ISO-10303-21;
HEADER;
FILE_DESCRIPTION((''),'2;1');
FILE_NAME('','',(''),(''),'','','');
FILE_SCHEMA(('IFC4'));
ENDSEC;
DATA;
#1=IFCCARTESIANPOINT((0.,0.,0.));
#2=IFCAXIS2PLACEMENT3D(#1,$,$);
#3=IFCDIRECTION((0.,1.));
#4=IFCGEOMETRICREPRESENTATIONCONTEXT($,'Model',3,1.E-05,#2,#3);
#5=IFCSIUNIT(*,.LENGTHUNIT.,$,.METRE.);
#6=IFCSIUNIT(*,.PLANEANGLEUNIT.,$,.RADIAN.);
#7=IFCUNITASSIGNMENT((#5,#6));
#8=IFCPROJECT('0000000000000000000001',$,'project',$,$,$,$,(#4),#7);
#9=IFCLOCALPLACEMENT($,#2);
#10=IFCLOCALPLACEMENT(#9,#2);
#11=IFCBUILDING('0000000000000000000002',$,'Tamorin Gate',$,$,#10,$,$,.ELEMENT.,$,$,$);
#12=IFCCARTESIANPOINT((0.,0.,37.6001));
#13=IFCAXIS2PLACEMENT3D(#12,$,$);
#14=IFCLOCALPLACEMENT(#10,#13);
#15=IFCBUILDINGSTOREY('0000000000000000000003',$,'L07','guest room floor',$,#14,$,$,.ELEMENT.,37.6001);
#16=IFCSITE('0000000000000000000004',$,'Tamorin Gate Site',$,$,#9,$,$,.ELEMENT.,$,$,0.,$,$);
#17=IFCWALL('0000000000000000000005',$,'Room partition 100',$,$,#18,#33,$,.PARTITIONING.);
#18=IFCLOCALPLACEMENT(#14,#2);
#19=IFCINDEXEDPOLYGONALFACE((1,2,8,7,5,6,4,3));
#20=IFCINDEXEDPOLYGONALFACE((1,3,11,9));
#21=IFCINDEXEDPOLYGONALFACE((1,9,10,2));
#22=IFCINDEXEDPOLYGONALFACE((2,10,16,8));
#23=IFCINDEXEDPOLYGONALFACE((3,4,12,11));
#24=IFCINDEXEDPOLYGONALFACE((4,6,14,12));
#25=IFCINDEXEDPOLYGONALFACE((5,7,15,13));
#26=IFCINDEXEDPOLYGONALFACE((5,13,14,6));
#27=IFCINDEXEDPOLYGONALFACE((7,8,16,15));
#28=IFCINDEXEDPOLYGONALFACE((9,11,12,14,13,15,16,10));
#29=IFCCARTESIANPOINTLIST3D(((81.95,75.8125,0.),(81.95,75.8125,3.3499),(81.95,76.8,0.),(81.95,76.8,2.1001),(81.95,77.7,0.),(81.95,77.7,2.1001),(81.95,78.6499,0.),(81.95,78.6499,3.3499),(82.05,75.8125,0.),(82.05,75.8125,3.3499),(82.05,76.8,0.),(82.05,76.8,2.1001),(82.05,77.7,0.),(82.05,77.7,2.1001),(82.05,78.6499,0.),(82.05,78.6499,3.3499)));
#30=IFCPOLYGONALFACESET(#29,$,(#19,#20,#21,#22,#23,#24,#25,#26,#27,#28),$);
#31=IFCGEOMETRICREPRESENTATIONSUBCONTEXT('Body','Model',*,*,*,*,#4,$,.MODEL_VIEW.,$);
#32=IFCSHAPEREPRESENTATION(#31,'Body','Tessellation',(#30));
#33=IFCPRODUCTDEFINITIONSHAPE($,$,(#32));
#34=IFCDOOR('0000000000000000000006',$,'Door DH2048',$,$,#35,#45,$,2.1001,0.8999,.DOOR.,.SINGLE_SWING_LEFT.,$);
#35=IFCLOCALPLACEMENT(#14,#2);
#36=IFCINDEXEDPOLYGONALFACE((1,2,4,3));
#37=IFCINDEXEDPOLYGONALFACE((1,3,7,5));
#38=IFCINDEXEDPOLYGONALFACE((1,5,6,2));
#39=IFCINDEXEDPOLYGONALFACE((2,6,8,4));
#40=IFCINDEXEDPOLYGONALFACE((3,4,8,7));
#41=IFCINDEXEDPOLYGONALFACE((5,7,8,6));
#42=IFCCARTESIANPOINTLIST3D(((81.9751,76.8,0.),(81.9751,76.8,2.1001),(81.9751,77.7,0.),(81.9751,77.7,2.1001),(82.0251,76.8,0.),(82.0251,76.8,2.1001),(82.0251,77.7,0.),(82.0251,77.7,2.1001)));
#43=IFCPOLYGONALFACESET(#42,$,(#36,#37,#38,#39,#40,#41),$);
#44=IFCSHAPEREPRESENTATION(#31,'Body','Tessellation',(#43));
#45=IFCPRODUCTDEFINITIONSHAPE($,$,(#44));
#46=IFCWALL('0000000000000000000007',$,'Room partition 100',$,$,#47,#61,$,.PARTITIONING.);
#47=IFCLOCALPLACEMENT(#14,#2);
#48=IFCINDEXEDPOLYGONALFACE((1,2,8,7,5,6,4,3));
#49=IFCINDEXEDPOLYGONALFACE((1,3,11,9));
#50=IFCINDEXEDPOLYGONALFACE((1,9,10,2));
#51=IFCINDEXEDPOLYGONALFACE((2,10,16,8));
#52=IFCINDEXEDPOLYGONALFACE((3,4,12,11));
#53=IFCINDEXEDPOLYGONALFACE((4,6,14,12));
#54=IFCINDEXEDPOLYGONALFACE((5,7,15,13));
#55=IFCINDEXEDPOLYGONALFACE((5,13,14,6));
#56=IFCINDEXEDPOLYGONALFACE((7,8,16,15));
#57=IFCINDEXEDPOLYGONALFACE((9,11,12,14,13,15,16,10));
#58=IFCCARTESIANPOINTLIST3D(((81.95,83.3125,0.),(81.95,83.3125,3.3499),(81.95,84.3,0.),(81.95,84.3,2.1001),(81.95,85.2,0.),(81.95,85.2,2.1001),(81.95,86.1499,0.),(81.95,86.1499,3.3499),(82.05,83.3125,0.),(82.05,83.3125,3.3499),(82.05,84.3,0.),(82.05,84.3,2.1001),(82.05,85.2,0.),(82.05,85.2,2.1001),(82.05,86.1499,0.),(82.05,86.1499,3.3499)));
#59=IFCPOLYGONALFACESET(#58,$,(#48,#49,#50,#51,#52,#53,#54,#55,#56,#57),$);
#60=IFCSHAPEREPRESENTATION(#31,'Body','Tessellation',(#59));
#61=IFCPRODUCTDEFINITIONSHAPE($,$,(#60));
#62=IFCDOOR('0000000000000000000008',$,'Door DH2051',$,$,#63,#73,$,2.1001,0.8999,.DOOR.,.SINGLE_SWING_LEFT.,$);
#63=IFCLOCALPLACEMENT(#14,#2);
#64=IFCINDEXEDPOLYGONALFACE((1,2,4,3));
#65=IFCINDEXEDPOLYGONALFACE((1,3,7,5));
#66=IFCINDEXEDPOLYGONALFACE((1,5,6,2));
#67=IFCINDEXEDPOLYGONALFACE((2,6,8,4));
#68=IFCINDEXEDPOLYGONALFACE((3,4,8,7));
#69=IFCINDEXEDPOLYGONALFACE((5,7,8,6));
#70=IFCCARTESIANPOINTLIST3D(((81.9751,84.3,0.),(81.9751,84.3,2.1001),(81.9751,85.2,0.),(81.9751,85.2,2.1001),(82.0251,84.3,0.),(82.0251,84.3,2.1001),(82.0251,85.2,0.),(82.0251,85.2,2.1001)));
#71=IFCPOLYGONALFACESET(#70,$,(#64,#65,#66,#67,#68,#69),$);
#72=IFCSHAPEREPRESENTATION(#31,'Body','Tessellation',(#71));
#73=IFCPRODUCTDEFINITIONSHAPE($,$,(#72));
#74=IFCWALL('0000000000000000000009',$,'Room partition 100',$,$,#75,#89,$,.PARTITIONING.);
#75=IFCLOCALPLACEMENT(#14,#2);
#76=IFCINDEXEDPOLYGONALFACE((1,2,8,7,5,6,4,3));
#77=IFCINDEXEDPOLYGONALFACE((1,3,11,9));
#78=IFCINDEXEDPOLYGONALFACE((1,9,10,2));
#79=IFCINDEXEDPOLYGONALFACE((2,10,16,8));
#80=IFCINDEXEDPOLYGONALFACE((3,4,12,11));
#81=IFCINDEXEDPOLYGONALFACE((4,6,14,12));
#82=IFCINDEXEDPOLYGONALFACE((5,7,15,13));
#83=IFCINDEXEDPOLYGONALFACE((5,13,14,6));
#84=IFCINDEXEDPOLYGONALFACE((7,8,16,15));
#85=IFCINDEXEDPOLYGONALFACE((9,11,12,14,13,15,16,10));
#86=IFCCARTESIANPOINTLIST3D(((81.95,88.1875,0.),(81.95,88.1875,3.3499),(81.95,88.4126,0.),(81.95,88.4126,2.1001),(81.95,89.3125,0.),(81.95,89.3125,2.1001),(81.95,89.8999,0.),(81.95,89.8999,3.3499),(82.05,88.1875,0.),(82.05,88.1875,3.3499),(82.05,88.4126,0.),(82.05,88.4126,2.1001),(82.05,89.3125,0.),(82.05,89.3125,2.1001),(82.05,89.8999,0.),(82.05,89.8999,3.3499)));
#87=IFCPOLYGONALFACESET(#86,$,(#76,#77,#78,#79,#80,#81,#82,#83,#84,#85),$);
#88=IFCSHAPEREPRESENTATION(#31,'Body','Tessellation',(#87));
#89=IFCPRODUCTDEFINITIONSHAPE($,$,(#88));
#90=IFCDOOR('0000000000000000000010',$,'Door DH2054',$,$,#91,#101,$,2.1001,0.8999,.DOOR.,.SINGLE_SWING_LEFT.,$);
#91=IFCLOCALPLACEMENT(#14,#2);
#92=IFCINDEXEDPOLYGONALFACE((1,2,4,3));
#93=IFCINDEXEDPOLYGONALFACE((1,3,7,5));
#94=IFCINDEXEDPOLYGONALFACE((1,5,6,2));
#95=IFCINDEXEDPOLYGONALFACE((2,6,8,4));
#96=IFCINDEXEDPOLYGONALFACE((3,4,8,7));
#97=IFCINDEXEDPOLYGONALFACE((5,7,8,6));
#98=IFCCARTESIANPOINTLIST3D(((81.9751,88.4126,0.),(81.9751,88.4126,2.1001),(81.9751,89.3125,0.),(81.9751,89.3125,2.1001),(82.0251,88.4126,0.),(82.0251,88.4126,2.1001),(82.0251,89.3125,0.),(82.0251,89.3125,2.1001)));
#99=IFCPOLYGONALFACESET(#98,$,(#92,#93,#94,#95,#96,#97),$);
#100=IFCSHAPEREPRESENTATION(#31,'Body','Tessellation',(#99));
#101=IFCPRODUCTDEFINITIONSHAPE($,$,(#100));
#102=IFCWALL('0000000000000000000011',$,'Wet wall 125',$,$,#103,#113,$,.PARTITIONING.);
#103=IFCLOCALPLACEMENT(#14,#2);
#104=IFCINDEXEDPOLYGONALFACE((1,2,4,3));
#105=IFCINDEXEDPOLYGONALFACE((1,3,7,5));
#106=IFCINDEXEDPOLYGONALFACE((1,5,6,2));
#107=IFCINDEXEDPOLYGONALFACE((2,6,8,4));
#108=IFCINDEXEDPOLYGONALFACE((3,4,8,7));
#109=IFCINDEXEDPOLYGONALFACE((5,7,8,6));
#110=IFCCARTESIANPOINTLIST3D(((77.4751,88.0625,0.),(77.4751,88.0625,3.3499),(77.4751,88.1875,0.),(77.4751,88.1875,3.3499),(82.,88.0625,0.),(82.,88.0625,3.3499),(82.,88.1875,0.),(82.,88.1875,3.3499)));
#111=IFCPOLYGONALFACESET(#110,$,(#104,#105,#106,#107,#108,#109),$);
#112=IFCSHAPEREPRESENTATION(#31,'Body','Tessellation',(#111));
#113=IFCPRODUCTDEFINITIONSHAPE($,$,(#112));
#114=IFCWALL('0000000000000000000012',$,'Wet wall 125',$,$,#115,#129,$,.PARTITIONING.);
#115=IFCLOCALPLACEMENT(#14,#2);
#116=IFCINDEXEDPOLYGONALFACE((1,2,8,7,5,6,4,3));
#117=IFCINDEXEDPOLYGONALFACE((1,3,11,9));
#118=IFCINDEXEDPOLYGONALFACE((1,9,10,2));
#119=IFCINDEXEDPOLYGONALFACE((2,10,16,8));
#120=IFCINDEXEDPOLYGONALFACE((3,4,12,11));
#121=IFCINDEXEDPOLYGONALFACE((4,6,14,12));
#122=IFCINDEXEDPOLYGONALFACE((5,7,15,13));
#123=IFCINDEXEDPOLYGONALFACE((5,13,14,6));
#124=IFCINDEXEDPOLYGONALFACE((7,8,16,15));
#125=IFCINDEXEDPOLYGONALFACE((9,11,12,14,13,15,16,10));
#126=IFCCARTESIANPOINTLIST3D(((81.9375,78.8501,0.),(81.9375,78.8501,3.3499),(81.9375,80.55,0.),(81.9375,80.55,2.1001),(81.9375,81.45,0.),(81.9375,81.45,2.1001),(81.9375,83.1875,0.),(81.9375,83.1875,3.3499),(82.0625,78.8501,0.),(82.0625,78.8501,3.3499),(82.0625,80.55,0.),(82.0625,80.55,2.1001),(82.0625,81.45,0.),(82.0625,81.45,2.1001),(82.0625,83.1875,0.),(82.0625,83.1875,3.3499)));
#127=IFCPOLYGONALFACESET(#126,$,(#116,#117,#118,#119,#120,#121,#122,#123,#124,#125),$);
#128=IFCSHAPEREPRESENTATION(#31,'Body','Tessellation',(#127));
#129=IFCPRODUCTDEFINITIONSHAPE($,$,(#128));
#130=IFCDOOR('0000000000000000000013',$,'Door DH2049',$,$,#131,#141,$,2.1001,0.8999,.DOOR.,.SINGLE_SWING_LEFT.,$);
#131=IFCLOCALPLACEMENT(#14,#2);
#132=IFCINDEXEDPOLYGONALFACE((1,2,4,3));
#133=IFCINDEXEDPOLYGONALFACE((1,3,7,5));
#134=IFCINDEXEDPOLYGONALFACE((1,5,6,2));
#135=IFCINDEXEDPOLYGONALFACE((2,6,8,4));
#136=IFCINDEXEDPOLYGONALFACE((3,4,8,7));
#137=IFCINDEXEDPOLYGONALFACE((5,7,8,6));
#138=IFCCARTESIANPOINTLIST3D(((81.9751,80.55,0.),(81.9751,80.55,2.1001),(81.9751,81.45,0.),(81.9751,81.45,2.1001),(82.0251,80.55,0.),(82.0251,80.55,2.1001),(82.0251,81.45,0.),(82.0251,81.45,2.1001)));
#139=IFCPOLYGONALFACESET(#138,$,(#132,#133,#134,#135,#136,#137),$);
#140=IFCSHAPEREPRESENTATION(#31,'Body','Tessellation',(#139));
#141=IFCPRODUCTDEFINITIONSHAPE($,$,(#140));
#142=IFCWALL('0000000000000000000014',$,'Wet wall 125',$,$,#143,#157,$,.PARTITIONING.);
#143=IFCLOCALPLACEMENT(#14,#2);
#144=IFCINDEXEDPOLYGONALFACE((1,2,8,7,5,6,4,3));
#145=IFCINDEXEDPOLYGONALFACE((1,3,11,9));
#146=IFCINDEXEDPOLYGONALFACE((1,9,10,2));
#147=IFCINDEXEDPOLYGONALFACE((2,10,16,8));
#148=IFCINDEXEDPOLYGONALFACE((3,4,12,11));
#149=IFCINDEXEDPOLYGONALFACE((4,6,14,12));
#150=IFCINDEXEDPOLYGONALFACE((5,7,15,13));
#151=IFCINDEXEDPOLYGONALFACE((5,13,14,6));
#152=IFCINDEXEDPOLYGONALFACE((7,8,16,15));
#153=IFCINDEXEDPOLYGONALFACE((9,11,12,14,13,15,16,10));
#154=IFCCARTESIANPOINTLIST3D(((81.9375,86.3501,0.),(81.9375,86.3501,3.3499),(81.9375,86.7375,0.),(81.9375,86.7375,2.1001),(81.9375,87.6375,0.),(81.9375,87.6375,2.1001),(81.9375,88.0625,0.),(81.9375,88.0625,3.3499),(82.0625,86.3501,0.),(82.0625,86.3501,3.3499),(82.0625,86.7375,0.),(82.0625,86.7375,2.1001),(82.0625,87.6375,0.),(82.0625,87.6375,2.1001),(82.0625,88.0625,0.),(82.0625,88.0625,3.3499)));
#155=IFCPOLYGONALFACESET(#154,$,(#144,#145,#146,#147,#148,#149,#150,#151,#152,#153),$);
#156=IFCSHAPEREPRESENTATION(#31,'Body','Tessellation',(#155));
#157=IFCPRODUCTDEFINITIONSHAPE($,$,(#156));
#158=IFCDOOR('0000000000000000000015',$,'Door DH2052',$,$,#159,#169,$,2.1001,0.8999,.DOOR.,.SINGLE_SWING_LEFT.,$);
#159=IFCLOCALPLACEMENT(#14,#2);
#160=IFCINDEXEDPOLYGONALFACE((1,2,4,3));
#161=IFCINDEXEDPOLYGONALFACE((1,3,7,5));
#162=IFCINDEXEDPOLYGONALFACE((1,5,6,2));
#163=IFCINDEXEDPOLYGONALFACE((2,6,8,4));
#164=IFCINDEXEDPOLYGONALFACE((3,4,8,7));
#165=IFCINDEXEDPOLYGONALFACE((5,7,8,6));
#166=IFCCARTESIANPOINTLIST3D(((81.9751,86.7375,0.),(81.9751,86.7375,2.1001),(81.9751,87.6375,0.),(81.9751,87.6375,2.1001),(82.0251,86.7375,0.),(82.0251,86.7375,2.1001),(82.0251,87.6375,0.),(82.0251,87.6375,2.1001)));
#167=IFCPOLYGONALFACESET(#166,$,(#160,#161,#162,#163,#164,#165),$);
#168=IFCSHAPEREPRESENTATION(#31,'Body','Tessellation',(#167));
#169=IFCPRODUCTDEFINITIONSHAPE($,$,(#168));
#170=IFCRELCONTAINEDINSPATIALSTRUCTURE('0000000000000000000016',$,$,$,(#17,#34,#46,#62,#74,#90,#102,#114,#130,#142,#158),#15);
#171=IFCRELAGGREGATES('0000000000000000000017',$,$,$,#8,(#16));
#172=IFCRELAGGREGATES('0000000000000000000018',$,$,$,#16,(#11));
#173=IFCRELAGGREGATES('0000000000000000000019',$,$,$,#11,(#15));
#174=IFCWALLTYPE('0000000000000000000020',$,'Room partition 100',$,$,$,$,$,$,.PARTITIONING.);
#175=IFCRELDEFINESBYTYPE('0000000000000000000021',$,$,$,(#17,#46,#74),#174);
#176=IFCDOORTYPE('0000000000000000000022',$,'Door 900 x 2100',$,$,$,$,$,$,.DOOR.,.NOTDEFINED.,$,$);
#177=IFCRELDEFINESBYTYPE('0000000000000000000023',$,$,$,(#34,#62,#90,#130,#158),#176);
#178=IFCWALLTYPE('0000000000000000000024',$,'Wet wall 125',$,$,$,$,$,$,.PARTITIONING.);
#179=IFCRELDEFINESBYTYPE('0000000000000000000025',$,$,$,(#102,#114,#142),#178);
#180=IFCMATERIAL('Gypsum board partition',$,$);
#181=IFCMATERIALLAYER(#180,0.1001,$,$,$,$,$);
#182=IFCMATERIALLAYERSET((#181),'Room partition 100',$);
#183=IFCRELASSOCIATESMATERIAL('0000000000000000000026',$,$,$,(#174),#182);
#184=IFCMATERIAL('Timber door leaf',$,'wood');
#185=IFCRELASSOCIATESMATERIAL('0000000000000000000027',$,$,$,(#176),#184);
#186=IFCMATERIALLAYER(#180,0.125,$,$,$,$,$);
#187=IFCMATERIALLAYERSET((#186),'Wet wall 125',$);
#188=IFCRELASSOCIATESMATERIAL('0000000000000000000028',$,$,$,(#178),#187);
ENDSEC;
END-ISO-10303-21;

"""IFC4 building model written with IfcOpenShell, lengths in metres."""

from ifc_helpers import new_model, si_unit, direction, frame, frame_2d, origin, place, context, subcontext, project, spatial, rectangle, extrude, material, layer, layer_set, type_object, element, fill, save


model = new_model("IFC4")

# Units and contexts
model_context = context("Model", 3, precision=1e-05, world=origin(), true_north=direction((0.0, 1.0)))
body_context = subcontext(model_context, "Body", "Model", "MODEL_VIEW")
ifc_project = project(units=[si_unit("LENGTHUNIT", "METRE"), si_unit("PLANEANGLEUNIT", "RADIAN")], contexts=[model_context])

# Site, building, storey
site_placement = place(None, origin())
site = spatial("IfcSite", under=ifc_project, at=site_placement, Name="Tamorin Gate Site", CompositionType="ELEMENT", RefElevation=0.0)
building_placement = place(site_placement, origin())
building = spatial("IfcBuilding", under=site, at=building_placement, Name="Tamorin Gate", CompositionType="ELEMENT")
storey_placement = place(building_placement, frame((0.0, 0.0, 37.6001)))
storey = spatial("IfcBuildingStorey", under=building, at=storey_placement, Name="L07", Description="guest room floor", CompositionType="ELEMENT", Elevation=37.6001)

# Walls, openings, doors
ifc_material_1 = material(Name="Gypsum board partition")
ifc_layer_1 = layer(ifc_material_1, 0.1001)
ifc_layer_set_1 = layer_set([ifc_layer_1], Name="Room partition 100")
wall_type_1 = type_object("IfcWallType", Name="Room partition 100", PredefinedType="PARTITIONING", material=ifc_layer_set_1)
wall_1_placement = place(storey_placement, frame((82.0, 75.8125, 0.0), z_axis=(0.0, 0.0, 1.0), x_axis=(0.0, 1.0, 0.0)))
wall_1 = element("IfcWall", 1, at=wall_1_placement, inside=storey, type_object=wall_type_1, Name="Room partition 100", PredefinedType="PARTITIONING", context=body_context, shape_type="SweptSolid", body=[
    extrude(rectangle(XDim=2.8374, YDim=0.1001, at=frame_2d((1.4187, 0.0))), origin(), (0.0, 0.0, 1.0), 3.3499),
])
opening_1_placement = place(wall_1_placement, frame((0.9875, 0.0, 0.0)))
opening_1 = element("IfcOpeningElement", 2, at=opening_1_placement, cuts=wall_1, PredefinedType="OPENING", context=body_context, shape_type="SweptSolid", body=[
    extrude(rectangle(XDim=0.8999, YDim=2.1001, at=frame_2d((0.45, 1.05))), frame((0.0, 0.0601, 0.0), z_axis=(0.0, -1.0, 0.0), x_axis=(1.0, 0.0, 0.0)), (0.0, 0.0, 1.0), 0.1201),
])
ifc_material_2 = material(Name="Timber door leaf", Category="wood")
door_type = type_object("IfcDoorType", Name="Door 900 x 2100", OperationType="NOTDEFINED", PredefinedType="DOOR", material=ifc_material_2)
door_1_placement = place(opening_1_placement, origin())
door_1 = element("IfcDoor", 3, at=door_1_placement, inside=storey, type_object=door_type, Name="Door DH2048", OperationType="SINGLE_SWING_LEFT", OverallHeight=2.1001, OverallWidth=0.8999, PredefinedType="DOOR", context=body_context, shape_type="SweptSolid", body=[
    extrude(rectangle(XDim=0.8999, YDim=2.1001, at=frame_2d((0.45, 1.05))), frame((0.0, 0.0249, 0.0), z_axis=(0.0, -1.0, 0.0), x_axis=(1.0, 0.0, 0.0)), (0.0, 0.0, 1.0), 0.05),
])
fill(opening_1, door_1)
wall_2_placement = place(storey_placement, frame((82.0, 83.3125, 0.0), z_axis=(0.0, 0.0, 1.0), x_axis=(0.0, 1.0, 0.0)))
wall_2 = element("IfcWall", 4, at=wall_2_placement, inside=storey, type_object=wall_type_1, Name="Room partition 100", PredefinedType="PARTITIONING", context=body_context, shape_type="SweptSolid", body=[
    extrude(rectangle(XDim=2.8374, YDim=0.1001, at=frame_2d((1.4187, 0.0))), origin(), (0.0, 0.0, 1.0), 3.3499),
])
opening_2_placement = place(wall_2_placement, frame((0.9875, 0.0, 0.0)))
opening_2 = element("IfcOpeningElement", 5, at=opening_2_placement, cuts=wall_2, PredefinedType="OPENING", context=body_context, shape_type="SweptSolid", body=[
    extrude(rectangle(XDim=0.8999, YDim=2.1001, at=frame_2d((0.45, 1.05))), frame((0.0, 0.0601, 0.0), z_axis=(0.0, -1.0, 0.0), x_axis=(1.0, 0.0, 0.0)), (0.0, 0.0, 1.0), 0.1201),
])
door_2_placement = place(opening_2_placement, origin())
door_2 = element("IfcDoor", 6, at=door_2_placement, inside=storey, type_object=door_type, Name="Door DH2051", OperationType="SINGLE_SWING_LEFT", OverallHeight=2.1001, OverallWidth=0.8999, PredefinedType="DOOR", context=body_context, shape_type="SweptSolid", body=[
    extrude(rectangle(XDim=0.8999, YDim=2.1001, at=frame_2d((0.45, 1.05))), frame((0.0, 0.0249, 0.0), z_axis=(0.0, -1.0, 0.0), x_axis=(1.0, 0.0, 0.0)), (0.0, 0.0, 1.0), 0.05),
])
fill(opening_2, door_2)
wall_3_placement = place(storey_placement, frame((82.0, 88.1875, 0.0), z_axis=(0.0, 0.0, 1.0), x_axis=(0.0, 1.0, 0.0)))
wall_3 = element("IfcWall", 7, at=wall_3_placement, inside=storey, type_object=wall_type_1, Name="Room partition 100", PredefinedType="PARTITIONING", context=body_context, shape_type="SweptSolid", body=[
    extrude(rectangle(XDim=1.7124, YDim=0.1001, at=frame_2d((0.8562, 0.0))), origin(), (0.0, 0.0, 1.0), 3.3499),
])
opening_3_placement = place(wall_3_placement, frame((0.2251, 0.0, 0.0)))
opening_3 = element("IfcOpeningElement", 8, at=opening_3_placement, cuts=wall_3, PredefinedType="OPENING", context=body_context, shape_type="SweptSolid", body=[
    extrude(rectangle(XDim=0.8999, YDim=2.1001, at=frame_2d((0.45, 1.05))), frame((0.0, 0.0601, 0.0), z_axis=(0.0, -1.0, 0.0), x_axis=(1.0, 0.0, 0.0)), (0.0, 0.0, 1.0), 0.1201),
])
door_3_placement = place(opening_3_placement, origin())
door_3 = element("IfcDoor", 9, at=door_3_placement, inside=storey, type_object=door_type, Name="Door DH2054", OperationType="SINGLE_SWING_LEFT", OverallHeight=2.1001, OverallWidth=0.8999, PredefinedType="DOOR", context=body_context, shape_type="SweptSolid", body=[
    extrude(rectangle(XDim=0.8999, YDim=2.1001, at=frame_2d((0.45, 1.05))), frame((0.0, 0.0249, 0.0), z_axis=(0.0, -1.0, 0.0), x_axis=(1.0, 0.0, 0.0)), (0.0, 0.0, 1.0), 0.05),
])
fill(opening_3, door_3)

# Wall
ifc_layer_2 = layer(ifc_material_1, 0.125)
ifc_layer_set_2 = layer_set([ifc_layer_2], Name="Wet wall 125")
wall_type_2 = type_object("IfcWallType", Name="Wet wall 125", PredefinedType="PARTITIONING", material=ifc_layer_set_2)
wall_4_placement = place(storey_placement, frame((77.4751, 88.125, 0.0), z_axis=(0.0, 0.0, 1.0), x_axis=(1.0, 0.0, 0.0)))
element("IfcWall", 10, at=wall_4_placement, inside=storey, type_object=wall_type_2, Name="Wet wall 125", PredefinedType="PARTITIONING", context=body_context, shape_type="SweptSolid", body=[
    extrude(rectangle(XDim=4.5249, YDim=0.125, at=frame_2d((2.2625, 0.0))), origin(), (0.0, 0.0, 1.0), 3.3499),
])

# Walls, openings, doors
wall_5_placement = place(storey_placement, frame((82.0, 78.8501, 0.0), z_axis=(0.0, 0.0, 1.0), x_axis=(0.0, 1.0, 0.0)))
wall_5 = element("IfcWall", 11, at=wall_5_placement, inside=storey, type_object=wall_type_2, Name="Wet wall 125", PredefinedType="PARTITIONING", context=body_context, shape_type="SweptSolid", body=[
    extrude(rectangle(XDim=4.3374, YDim=0.125, at=frame_2d((2.1687, 0.0))), origin(), (0.0, 0.0, 1.0), 3.3499),
])
opening_4_placement = place(wall_5_placement, frame((1.7, 0.0, 0.0)))
opening_4 = element("IfcOpeningElement", 12, at=opening_4_placement, cuts=wall_5, PredefinedType="OPENING", context=body_context, shape_type="SweptSolid", body=[
    extrude(rectangle(XDim=0.8999, YDim=2.1001, at=frame_2d((0.45, 1.05))), frame((0.0, 0.0725, 0.0), z_axis=(0.0, -1.0, 0.0), x_axis=(1.0, 0.0, 0.0)), (0.0, 0.0, 1.0), 0.145),
])
door_4_placement = place(opening_4_placement, origin())
door_4 = element("IfcDoor", 13, at=door_4_placement, inside=storey, type_object=door_type, Name="Door DH2049", OperationType="SINGLE_SWING_LEFT", OverallHeight=2.1001, OverallWidth=0.8999, PredefinedType="DOOR", context=body_context, shape_type="SweptSolid", body=[
    extrude(rectangle(XDim=0.8999, YDim=2.1001, at=frame_2d((0.45, 1.05))), frame((0.0, 0.0249, 0.0), z_axis=(0.0, -1.0, 0.0), x_axis=(1.0, 0.0, 0.0)), (0.0, 0.0, 1.0), 0.05),
])
fill(opening_4, door_4)
wall_6_placement = place(storey_placement, frame((82.0, 86.3501, 0.0), z_axis=(0.0, 0.0, 1.0), x_axis=(0.0, 1.0, 0.0)))
wall_6 = element("IfcWall", 14, at=wall_6_placement, inside=storey, type_object=wall_type_2, Name="Wet wall 125", PredefinedType="PARTITIONING", context=body_context, shape_type="SweptSolid", body=[
    extrude(rectangle(XDim=1.7124, YDim=0.125, at=frame_2d((0.8562, 0.0))), origin(), (0.0, 0.0, 1.0), 3.3499),
])
opening_5_placement = place(wall_6_placement, frame((0.3875, 0.0, 0.0)))
opening_5 = element("IfcOpeningElement", 15, at=opening_5_placement, cuts=wall_6, PredefinedType="OPENING", context=body_context, shape_type="SweptSolid", body=[
    extrude(rectangle(XDim=0.8999, YDim=2.1001, at=frame_2d((0.45, 1.05))), frame((0.0, 0.0725, 0.0), z_axis=(0.0, -1.0, 0.0), x_axis=(1.0, 0.0, 0.0)), (0.0, 0.0, 1.0), 0.145),
])
door_5_placement = place(opening_5_placement, origin())
door_5 = element("IfcDoor", 16, at=door_5_placement, inside=storey, type_object=door_type, Name="Door DH2052", OperationType="SINGLE_SWING_LEFT", OverallHeight=2.1001, OverallWidth=0.8999, PredefinedType="DOOR", context=body_context, shape_type="SweptSolid", body=[
    extrude(rectangle(XDim=0.8999, YDim=2.1001, at=frame_2d((0.45, 1.05))), frame((0.0, 0.0249, 0.0), z_axis=(0.0, -1.0, 0.0), x_axis=(1.0, 0.0, 0.0)), (0.0, 0.0, 1.0), 0.05),
])
fill(opening_5, door_5)

save(model, "model.ifc")
